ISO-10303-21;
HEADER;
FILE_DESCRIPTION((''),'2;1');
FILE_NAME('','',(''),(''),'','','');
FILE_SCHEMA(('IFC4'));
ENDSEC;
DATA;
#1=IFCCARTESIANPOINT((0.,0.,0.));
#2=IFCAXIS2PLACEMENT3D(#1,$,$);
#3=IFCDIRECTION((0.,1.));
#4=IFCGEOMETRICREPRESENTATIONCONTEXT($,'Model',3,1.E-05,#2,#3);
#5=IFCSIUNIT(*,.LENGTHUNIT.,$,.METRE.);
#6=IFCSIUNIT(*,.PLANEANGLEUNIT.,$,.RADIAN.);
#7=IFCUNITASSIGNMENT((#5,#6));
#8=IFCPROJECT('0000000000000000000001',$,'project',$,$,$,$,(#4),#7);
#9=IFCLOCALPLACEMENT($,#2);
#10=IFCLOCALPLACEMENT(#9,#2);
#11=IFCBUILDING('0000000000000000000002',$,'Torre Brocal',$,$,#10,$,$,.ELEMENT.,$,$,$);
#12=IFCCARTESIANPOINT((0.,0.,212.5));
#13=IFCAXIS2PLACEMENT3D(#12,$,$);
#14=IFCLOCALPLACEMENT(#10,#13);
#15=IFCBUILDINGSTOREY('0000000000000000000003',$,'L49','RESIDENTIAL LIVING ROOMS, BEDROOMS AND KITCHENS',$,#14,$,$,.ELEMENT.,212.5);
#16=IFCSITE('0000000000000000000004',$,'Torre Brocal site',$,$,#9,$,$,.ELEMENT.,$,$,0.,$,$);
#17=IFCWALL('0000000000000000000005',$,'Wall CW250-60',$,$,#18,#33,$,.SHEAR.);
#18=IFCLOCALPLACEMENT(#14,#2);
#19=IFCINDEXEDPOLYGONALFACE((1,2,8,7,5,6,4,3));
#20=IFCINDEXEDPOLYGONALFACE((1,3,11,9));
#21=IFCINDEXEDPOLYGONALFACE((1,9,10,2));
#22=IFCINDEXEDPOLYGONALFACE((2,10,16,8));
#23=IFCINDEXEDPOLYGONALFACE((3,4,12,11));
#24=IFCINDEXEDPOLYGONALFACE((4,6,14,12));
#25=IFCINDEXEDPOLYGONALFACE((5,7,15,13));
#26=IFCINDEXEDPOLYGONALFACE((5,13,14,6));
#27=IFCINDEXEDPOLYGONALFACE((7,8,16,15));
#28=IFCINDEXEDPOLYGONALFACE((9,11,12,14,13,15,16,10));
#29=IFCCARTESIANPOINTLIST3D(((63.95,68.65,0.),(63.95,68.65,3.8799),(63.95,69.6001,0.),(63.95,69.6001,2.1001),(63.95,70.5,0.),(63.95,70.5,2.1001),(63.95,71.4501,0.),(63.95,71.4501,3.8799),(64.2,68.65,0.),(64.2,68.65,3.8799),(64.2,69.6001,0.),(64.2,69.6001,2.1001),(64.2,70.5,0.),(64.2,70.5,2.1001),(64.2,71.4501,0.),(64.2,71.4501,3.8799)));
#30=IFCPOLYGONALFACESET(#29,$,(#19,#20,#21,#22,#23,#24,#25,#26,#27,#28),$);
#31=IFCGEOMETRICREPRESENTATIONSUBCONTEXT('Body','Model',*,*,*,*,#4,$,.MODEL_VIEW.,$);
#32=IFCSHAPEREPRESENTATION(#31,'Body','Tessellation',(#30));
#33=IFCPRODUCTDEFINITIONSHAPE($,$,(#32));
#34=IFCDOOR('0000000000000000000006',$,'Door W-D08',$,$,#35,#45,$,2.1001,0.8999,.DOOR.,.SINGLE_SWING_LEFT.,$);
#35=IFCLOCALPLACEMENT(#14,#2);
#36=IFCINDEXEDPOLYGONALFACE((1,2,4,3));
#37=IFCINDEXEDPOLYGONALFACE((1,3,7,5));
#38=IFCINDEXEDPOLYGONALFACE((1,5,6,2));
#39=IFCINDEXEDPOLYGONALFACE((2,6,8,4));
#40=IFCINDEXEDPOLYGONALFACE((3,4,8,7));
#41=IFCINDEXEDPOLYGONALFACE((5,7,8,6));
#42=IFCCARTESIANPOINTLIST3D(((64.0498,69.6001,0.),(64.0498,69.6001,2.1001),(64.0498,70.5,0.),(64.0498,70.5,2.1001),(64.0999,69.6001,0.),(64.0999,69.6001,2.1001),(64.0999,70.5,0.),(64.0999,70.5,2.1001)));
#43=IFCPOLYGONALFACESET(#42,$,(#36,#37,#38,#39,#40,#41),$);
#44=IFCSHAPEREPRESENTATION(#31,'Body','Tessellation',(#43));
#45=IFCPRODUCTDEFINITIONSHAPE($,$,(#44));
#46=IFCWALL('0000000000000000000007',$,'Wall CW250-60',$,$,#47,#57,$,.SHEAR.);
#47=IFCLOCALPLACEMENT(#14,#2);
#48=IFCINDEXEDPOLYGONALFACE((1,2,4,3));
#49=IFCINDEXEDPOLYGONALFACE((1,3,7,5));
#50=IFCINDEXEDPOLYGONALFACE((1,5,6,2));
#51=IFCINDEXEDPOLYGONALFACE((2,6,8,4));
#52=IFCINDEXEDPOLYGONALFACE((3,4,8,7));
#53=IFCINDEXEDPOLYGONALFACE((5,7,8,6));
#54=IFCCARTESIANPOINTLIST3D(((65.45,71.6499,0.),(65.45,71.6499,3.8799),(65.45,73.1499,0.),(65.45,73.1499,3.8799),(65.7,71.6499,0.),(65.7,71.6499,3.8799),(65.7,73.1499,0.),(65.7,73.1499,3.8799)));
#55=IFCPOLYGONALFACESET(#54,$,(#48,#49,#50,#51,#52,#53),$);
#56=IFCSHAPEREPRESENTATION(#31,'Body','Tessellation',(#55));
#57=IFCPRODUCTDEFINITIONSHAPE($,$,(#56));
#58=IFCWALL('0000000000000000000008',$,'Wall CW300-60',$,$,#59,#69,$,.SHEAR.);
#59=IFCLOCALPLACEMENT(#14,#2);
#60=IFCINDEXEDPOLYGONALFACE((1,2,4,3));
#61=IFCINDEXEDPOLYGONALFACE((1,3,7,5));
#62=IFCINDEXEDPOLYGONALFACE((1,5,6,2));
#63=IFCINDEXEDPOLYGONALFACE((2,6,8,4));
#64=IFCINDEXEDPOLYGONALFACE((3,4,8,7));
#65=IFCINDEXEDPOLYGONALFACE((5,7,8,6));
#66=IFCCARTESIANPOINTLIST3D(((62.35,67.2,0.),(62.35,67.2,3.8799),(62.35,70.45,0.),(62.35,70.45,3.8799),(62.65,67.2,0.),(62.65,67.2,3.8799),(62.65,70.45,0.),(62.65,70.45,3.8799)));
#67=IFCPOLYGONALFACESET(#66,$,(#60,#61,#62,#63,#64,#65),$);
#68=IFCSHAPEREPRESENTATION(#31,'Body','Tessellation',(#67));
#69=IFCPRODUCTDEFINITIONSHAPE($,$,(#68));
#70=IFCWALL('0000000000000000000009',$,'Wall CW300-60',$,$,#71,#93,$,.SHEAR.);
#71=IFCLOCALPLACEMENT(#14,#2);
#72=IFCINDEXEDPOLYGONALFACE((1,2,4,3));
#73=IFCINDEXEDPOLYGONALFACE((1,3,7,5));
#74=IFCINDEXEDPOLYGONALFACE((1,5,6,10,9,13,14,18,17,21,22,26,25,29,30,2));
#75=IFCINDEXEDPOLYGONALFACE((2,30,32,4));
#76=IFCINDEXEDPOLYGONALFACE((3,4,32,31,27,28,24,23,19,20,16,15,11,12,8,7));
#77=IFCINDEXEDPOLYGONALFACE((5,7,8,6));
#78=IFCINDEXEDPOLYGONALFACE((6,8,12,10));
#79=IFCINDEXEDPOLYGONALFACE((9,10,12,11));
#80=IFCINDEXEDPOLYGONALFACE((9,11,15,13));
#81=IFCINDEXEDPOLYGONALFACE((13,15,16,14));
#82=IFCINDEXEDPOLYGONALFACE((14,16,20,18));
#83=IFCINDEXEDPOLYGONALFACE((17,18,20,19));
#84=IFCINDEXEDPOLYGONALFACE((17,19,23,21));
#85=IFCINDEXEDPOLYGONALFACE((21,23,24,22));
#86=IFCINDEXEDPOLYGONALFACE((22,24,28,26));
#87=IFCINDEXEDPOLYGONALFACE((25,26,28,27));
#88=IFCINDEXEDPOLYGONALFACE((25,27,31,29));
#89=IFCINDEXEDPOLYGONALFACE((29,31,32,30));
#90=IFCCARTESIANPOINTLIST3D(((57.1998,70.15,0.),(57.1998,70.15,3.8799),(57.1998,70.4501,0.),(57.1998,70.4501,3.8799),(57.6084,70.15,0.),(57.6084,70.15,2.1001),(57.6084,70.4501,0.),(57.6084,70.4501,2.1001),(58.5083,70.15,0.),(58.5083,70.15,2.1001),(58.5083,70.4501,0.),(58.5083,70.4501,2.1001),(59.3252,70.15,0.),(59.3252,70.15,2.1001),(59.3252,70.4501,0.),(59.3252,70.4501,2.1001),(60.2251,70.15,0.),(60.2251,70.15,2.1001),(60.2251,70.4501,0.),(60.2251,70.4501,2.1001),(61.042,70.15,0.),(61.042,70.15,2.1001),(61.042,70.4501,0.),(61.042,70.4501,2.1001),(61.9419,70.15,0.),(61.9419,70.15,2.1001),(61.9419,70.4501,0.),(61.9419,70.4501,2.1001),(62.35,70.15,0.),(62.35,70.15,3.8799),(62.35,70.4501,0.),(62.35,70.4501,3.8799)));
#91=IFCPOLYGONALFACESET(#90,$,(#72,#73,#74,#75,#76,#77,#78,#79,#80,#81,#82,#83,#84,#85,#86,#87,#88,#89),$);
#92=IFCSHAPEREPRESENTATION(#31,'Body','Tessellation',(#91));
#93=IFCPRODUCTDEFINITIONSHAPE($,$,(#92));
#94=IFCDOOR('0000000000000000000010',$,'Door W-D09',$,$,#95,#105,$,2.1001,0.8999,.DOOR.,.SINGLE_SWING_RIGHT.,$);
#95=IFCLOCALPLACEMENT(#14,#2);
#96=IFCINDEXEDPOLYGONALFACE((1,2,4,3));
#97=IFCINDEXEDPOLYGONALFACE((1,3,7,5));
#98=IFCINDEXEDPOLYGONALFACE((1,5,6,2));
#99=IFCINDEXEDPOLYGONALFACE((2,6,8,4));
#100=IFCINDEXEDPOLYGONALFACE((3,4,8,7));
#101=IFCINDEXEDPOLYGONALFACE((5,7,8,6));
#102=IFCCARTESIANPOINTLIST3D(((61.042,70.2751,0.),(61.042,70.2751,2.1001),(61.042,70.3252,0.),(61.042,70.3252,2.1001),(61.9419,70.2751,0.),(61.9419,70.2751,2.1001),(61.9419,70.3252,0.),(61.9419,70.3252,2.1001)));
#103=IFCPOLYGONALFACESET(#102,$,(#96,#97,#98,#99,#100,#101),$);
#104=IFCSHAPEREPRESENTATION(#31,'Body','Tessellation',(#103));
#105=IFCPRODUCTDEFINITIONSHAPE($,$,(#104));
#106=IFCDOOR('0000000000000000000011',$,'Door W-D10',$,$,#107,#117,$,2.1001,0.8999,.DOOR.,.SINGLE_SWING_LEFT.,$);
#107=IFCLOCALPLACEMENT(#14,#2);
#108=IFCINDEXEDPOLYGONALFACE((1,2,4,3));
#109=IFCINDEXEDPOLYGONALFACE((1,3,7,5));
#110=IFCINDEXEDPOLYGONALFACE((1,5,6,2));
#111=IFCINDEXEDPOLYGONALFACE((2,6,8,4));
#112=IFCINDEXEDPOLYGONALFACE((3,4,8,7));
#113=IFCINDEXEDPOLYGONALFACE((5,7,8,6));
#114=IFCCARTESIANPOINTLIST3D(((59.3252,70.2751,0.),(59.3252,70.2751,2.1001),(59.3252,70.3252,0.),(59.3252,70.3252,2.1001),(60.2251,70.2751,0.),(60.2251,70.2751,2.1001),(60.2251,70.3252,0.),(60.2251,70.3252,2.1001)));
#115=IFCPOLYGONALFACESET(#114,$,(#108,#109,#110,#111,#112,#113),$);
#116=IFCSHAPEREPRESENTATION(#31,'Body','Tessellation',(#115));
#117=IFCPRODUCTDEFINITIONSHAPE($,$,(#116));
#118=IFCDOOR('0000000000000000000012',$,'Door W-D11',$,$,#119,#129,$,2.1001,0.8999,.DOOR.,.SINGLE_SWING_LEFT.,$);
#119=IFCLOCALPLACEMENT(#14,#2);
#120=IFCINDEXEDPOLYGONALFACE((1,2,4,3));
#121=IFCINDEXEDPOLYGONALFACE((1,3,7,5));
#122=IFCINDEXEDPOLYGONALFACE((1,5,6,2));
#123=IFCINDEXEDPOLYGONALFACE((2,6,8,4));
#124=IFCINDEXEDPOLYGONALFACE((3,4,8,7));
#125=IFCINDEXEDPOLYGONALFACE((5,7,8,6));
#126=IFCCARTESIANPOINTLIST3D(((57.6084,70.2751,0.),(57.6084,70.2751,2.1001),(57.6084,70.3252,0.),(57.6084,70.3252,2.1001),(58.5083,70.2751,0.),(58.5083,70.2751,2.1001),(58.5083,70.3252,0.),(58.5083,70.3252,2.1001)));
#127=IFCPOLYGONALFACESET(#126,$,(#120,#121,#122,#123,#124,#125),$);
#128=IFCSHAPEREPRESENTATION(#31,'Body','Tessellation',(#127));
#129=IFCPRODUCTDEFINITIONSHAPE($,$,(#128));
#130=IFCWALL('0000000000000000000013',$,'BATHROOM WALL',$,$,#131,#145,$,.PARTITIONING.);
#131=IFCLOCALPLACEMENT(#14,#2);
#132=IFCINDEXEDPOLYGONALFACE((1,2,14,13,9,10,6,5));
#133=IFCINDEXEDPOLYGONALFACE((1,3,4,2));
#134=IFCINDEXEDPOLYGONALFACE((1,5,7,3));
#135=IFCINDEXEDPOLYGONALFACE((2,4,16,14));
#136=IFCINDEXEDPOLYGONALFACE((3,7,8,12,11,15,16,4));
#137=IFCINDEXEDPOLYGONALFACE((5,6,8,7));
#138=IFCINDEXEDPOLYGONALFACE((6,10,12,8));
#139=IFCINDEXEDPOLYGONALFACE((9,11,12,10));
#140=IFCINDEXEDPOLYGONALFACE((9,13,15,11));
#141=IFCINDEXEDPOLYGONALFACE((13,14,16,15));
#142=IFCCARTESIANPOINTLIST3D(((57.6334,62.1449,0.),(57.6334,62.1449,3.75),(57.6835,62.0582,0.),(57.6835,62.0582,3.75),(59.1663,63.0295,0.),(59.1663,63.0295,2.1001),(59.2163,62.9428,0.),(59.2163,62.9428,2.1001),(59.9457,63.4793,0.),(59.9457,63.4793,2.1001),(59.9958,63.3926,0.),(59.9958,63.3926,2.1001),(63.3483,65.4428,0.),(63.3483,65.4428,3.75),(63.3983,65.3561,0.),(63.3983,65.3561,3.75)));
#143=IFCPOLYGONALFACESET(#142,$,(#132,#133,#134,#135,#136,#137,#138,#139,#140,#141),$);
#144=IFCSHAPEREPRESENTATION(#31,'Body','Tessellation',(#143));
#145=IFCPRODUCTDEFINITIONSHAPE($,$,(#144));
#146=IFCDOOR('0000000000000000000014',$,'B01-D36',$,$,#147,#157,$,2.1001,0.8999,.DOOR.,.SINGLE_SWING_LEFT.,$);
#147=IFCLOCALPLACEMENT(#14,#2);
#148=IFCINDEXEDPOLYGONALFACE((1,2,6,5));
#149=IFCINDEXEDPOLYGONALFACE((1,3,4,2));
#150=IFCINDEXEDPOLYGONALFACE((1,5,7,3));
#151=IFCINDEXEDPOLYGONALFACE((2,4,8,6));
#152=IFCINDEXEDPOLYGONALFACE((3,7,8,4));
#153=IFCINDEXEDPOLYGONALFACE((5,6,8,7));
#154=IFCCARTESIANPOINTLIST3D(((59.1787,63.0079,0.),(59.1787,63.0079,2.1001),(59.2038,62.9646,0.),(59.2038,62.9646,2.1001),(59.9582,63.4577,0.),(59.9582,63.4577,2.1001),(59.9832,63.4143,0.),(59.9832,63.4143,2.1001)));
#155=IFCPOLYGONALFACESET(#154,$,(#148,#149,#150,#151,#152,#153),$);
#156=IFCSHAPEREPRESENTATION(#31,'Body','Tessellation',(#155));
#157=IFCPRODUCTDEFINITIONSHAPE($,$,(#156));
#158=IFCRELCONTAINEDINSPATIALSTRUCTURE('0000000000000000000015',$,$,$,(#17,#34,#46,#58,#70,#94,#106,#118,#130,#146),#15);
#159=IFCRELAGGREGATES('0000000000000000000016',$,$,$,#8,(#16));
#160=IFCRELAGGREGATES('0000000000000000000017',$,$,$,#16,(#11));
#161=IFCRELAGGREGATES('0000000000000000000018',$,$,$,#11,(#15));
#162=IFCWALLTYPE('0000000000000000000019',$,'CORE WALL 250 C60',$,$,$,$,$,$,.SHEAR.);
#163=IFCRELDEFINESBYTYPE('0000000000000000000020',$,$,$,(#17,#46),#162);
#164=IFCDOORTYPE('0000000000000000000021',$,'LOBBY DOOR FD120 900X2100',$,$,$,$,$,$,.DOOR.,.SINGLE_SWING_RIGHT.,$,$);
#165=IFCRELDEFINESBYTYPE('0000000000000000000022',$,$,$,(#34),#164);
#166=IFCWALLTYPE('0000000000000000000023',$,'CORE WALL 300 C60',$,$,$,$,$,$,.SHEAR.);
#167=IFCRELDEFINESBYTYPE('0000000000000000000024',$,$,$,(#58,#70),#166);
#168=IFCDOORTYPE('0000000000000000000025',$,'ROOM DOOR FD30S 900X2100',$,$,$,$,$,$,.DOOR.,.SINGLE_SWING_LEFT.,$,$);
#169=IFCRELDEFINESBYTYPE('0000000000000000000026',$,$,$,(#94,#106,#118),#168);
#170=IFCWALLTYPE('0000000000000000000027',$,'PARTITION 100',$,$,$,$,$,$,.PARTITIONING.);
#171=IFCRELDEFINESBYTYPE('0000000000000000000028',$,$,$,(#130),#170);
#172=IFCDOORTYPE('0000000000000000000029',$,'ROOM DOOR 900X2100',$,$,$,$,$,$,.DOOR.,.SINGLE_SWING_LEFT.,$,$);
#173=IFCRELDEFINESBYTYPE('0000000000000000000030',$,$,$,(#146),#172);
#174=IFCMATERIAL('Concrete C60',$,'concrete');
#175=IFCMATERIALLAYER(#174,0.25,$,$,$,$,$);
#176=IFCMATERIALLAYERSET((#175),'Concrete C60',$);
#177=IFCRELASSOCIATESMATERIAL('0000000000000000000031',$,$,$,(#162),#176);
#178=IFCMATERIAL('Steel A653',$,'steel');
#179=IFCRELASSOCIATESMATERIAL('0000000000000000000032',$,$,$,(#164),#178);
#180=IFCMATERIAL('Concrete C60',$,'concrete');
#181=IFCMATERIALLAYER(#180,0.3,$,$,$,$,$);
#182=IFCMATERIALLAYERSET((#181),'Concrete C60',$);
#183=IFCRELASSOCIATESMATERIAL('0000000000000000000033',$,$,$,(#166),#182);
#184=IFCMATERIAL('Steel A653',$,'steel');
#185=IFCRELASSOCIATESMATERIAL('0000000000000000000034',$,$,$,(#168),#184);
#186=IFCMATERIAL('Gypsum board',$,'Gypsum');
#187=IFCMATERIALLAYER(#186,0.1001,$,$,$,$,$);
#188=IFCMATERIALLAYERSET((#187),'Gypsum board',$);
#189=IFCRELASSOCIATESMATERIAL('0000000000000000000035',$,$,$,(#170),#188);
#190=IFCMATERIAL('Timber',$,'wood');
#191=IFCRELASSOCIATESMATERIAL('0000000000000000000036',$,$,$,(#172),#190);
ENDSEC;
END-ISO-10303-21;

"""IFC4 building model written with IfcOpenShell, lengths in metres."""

from ifc_helpers import new_model, si_unit, direction, frame, frame_2d, origin, place, context, subcontext, project, spatial, rectangle, extrude, material, layer, layer_set, type_object, element, fill, save


model = new_model("IFC4")

# Units and contexts
model_context = context("Model", 3, precision=1e-05, world=origin(), true_north=direction((0.0, 1.0)))
body_context = subcontext(model_context, "Body", "Model", "MODEL_VIEW")
ifc_project = project(units=[si_unit("LENGTHUNIT", "METRE"), si_unit("PLANEANGLEUNIT", "RADIAN")], contexts=[model_context])

# Site, building, storey
site_placement = place(None, origin())
site = spatial("IfcSite", under=ifc_project, at=site_placement, Name="Torre Brocal site", CompositionType="ELEMENT", RefElevation=0.0)
building_placement = place(site_placement, origin())
building = spatial("IfcBuilding", under=site, at=building_placement, Name="Torre Brocal", CompositionType="ELEMENT")
storey_placement = place(building_placement, frame((0.0, 0.0, 212.5)))
storey = spatial("IfcBuildingStorey", under=building, at=storey_placement, Name="L49", Description="RESIDENTIAL LIVING ROOMS, BEDROOMS AND KITCHENS", CompositionType="ELEMENT", Elevation=212.5)

# Wall, opening, door
ifc_material_1 = material(Name="Concrete C60", Category="concrete")
ifc_layer_1 = layer(ifc_material_1, 0.25)
ifc_layer_set_1 = layer_set([ifc_layer_1], Name="Concrete C60")
wall_type_1 = type_object("IfcWallType", Name="CORE WALL 250 C60", PredefinedType="SHEAR", material=ifc_layer_set_1)
wall_1_placement = place(storey_placement, frame((64.075, 71.45, 0.0), z_axis=(0.0, 0.0, 1.0), x_axis=(0.0, -1.0, 0.0)))
wall_1 = element("IfcWall", 1, at=wall_1_placement, inside=storey, type_object=wall_type_1, Name="Wall CW250-60", PredefinedType="SHEAR", context=body_context, shape_type="SweptSolid", body=[
    extrude(rectangle(XDim=2.8, YDim=0.25, at=frame_2d((1.3999, 0.0))), origin(), (0.0, 0.0, 1.0), 3.8799),
])
opening_1_placement = place(wall_1_placement, frame((0.95, 0.0, 0.0)))
opening_1 = element("IfcOpeningElement", 2, at=opening_1_placement, cuts=wall_1, PredefinedType="OPENING", context=body_context, shape_type="SweptSolid", body=[
    extrude(rectangle(XDim=0.8999, YDim=2.1001, at=frame_2d((0.45, 1.05))), frame((0.0, 0.135, 0.0), z_axis=(0.0, -1.0, 0.0), x_axis=(1.0, 0.0, 0.0)), (0.0, 0.0, 1.0), 0.27),
])
ifc_material_2 = material(Name="Steel A653", Category="steel")
door_type_1 = type_object("IfcDoorType", Name="LOBBY DOOR FD120 900X2100", OperationType="SINGLE_SWING_RIGHT", PredefinedType="DOOR", material=ifc_material_2)
door_1_placement = place(opening_1_placement, origin())
door_1 = element("IfcDoor", 3, at=door_1_placement, inside=storey, type_object=door_type_1, Name="Door W-D08", OperationType="SINGLE_SWING_LEFT", OverallHeight=2.1001, OverallWidth=0.8999, PredefinedType="DOOR", context=body_context, shape_type="SweptSolid", body=[
    extrude(rectangle(XDim=0.8999, YDim=2.1001, at=frame_2d((0.45, 1.05))), frame((0.0, 0.0249, 0.0), z_axis=(0.0, -1.0, 0.0), x_axis=(1.0, 0.0, 0.0)), (0.0, 0.0, 1.0), 0.05),
])
fill(opening_1, door_1)

# Walls
wall_2_placement = place(storey_placement, frame((65.575, 73.1499, 0.0), z_axis=(0.0, 0.0, 1.0), x_axis=(0.0, -1.0, 0.0)))
element("IfcWall", 4, at=wall_2_placement, inside=storey, type_object=wall_type_1, Name="Wall CW250-60", PredefinedType="SHEAR", context=body_context, shape_type="SweptSolid", body=[
    extrude(rectangle(XDim=1.5, YDim=0.25, at=frame_2d((0.75, 0.0))), origin(), (0.0, 0.0, 1.0), 3.8799),
])
ifc_material_3 = material(Name="Concrete C60", Category="concrete")
ifc_layer_2 = layer(ifc_material_3, 0.3)
ifc_layer_set_2 = layer_set([ifc_layer_2], Name="Concrete C60")
wall_type_2 = type_object("IfcWallType", Name="CORE WALL 300 C60", PredefinedType="SHEAR", material=ifc_layer_set_2)
wall_3_placement = place(storey_placement, frame((62.5, 70.45, 0.0), z_axis=(0.0, 0.0, 1.0), x_axis=(0.0, -1.0, 0.0)))
element("IfcWall", 5, at=wall_3_placement, inside=storey, type_object=wall_type_2, Name="Wall CW300-60", PredefinedType="SHEAR", context=body_context, shape_type="SweptSolid", body=[
    extrude(rectangle(XDim=3.25, YDim=0.3, at=frame_2d((1.625, 0.0))), origin(), (0.0, 0.0, 1.0), 3.8799),
])

# Wall, openings, doors
wall_4_placement = place(storey_placement, frame((62.3501, 70.3, 0.0), z_axis=(0.0, 0.0, 1.0), x_axis=(-1.0, 0.0, 0.0)))
wall_4 = element("IfcWall", 6, at=wall_4_placement, inside=storey, type_object=wall_type_2, Name="Wall CW300-60", PredefinedType="SHEAR", context=body_context, shape_type="SweptSolid", body=[
    extrude(rectangle(XDim=5.1501, YDim=0.3, at=frame_2d((2.5752, 0.0))), origin(), (0.0, 0.0, 1.0), 3.8799),
])
opening_2_placement = place(wall_4_placement, frame((0.4082, 0.0, 0.0)))
opening_2 = element("IfcOpeningElement", 7, at=opening_2_placement, cuts=wall_4, PredefinedType="OPENING", context=body_context, shape_type="SweptSolid", body=[
    extrude(rectangle(XDim=0.8999, YDim=2.1001, at=frame_2d((0.45, 1.05))), frame((0.0, 0.1599, 0.0), z_axis=(0.0, -1.0, 0.0), x_axis=(1.0, 0.0, 0.0)), (0.0, 0.0, 1.0), 0.3201),
])
opening_3_placement = place(wall_4_placement, frame((2.125, 0.0, 0.0)))
opening_3 = element("IfcOpeningElement", 8, at=opening_3_placement, cuts=wall_4, PredefinedType="OPENING", context=body_context, shape_type="SweptSolid", body=[
    extrude(rectangle(XDim=0.8999, YDim=2.1001, at=frame_2d((0.45, 1.05))), frame((0.0, 0.1599, 0.0), z_axis=(0.0, -1.0, 0.0), x_axis=(1.0, 0.0, 0.0)), (0.0, 0.0, 1.0), 0.3201),
])
opening_4_placement = place(wall_4_placement, frame((3.8418, 0.0, 0.0)))
opening_4 = element("IfcOpeningElement", 9, at=opening_4_placement, cuts=wall_4, PredefinedType="OPENING", context=body_context, shape_type="SweptSolid", body=[
    extrude(rectangle(XDim=0.8999, YDim=2.1001, at=frame_2d((0.45, 1.05))), frame((0.0, 0.1599, 0.0), z_axis=(0.0, -1.0, 0.0), x_axis=(1.0, 0.0, 0.0)), (0.0, 0.0, 1.0), 0.3201),
])
ifc_material_4 = material(Name="Steel A653", Category="steel")
door_type_2 = type_object("IfcDoorType", Name="ROOM DOOR FD30S 900X2100", OperationType="SINGLE_SWING_LEFT", PredefinedType="DOOR", material=ifc_material_4)
door_2_placement = place(opening_2_placement, origin())
door_2 = element("IfcDoor", 10, at=door_2_placement, inside=storey, type_object=door_type_2, Name="Door W-D09", OperationType="SINGLE_SWING_RIGHT", OverallHeight=2.1001, OverallWidth=0.8999, PredefinedType="DOOR", context=body_context, shape_type="SweptSolid", body=[
    extrude(rectangle(XDim=0.8999, YDim=2.1001, at=frame_2d((0.45, 1.05))), frame((0.0, 0.0249, 0.0), z_axis=(0.0, -1.0, 0.0), x_axis=(1.0, 0.0, 0.0)), (0.0, 0.0, 1.0), 0.05),
])
fill(opening_2, door_2)
door_3_placement = place(opening_3_placement, origin())
door_3 = element("IfcDoor", 11, at=door_3_placement, inside=storey, type_object=door_type_2, Name="Door W-D10", OperationType="SINGLE_SWING_LEFT", OverallHeight=2.1001, OverallWidth=0.8999, PredefinedType="DOOR", context=body_context, shape_type="SweptSolid", body=[
    extrude(rectangle(XDim=0.8999, YDim=2.1001, at=frame_2d((0.45, 1.05))), frame((0.0, 0.0249, 0.0), z_axis=(0.0, -1.0, 0.0), x_axis=(1.0, 0.0, 0.0)), (0.0, 0.0, 1.0), 0.05),
])
fill(opening_3, door_3)
door_4_placement = place(opening_4_placement, origin())
door_4 = element("IfcDoor", 12, at=door_4_placement, inside=storey, type_object=door_type_2, Name="Door W-D11", OperationType="SINGLE_SWING_LEFT", OverallHeight=2.1001, OverallWidth=0.8999, PredefinedType="DOOR", context=body_context, shape_type="SweptSolid", body=[
    extrude(rectangle(XDim=0.8999, YDim=2.1001, at=frame_2d((0.45, 1.05))), frame((0.0, 0.0249, 0.0), z_axis=(0.0, -1.0, 0.0), x_axis=(1.0, 0.0, 0.0)), (0.0, 0.0, 1.0), 0.05),
])
fill(opening_4, door_4)

# Wall, opening, door
ifc_material_5 = material(Name="Gypsum board", Category="Gypsum")
ifc_layer_3 = layer(ifc_material_5, 0.1001)
ifc_layer_set_3 = layer_set([ifc_layer_3], Name="Gypsum board")
wall_type_3 = type_object("IfcWallType", Name="PARTITION 100", PredefinedType="PARTITIONING", material=ifc_layer_set_3)
wall_5_placement = place(storey_placement, frame((57.6584, 62.1016, 0.0), z_axis=(0.0, 0.0, 1.0), x_axis=(0.866131, 0.499816, 0.0)))
wall_5 = element("IfcWall", 13, at=wall_5_placement, inside=storey, type_object=wall_type_3, Name="BATHROOM WALL", PredefinedType="PARTITIONING", context=body_context, shape_type="SweptSolid", body=[
    extrude(rectangle(XDim=6.5981, YDim=0.1001, at=frame_2d((3.2991, 0.0))), origin(), (0.0, 0.0, 1.0), 3.75),
])
opening_5_placement = place(wall_5_placement, frame((1.7698, 0.0, 0.0)))
opening_5 = element("IfcOpeningElement", 14, at=opening_5_placement, cuts=wall_5, PredefinedType="OPENING", context=body_context, shape_type="SweptSolid", body=[
    extrude(rectangle(XDim=0.8999, YDim=2.1001, at=frame_2d((0.45, 1.05))), frame((0.0, 0.0601, 0.0), z_axis=(0.0, -1.0, 0.0), x_axis=(1.0, 0.0, 0.0)), (0.0, 0.0, 1.0), 0.1201),
])
ifc_material_6 = material(Name="Timber", Category="wood")
door_type_3 = type_object("IfcDoorType", Name="ROOM DOOR 900X2100", OperationType="SINGLE_SWING_LEFT", PredefinedType="DOOR", material=ifc_material_6)
door_5_placement = place(opening_5_placement, frame((0.8999, 0.0, 0.0), z_axis=(0.0, 0.0, 1.0), x_axis=(-1.0, 0.0, 0.0)))
door_5 = element("IfcDoor", 15, at=door_5_placement, inside=storey, type_object=door_type_3, Name="B01-D36", OperationType="SINGLE_SWING_LEFT", OverallHeight=2.1001, OverallWidth=0.8999, PredefinedType="DOOR", context=body_context, shape_type="SweptSolid", body=[
    extrude(rectangle(XDim=0.8999, YDim=2.1001, at=frame_2d((0.45, 1.05))), frame((0.0, 0.0249, 0.0), z_axis=(0.0, -1.0, 0.0), x_axis=(1.0, 0.0, 0.0)), (0.0, 0.0, 1.0), 0.05),
])
fill(opening_5, door_5)

save(model, "model.ifc")
